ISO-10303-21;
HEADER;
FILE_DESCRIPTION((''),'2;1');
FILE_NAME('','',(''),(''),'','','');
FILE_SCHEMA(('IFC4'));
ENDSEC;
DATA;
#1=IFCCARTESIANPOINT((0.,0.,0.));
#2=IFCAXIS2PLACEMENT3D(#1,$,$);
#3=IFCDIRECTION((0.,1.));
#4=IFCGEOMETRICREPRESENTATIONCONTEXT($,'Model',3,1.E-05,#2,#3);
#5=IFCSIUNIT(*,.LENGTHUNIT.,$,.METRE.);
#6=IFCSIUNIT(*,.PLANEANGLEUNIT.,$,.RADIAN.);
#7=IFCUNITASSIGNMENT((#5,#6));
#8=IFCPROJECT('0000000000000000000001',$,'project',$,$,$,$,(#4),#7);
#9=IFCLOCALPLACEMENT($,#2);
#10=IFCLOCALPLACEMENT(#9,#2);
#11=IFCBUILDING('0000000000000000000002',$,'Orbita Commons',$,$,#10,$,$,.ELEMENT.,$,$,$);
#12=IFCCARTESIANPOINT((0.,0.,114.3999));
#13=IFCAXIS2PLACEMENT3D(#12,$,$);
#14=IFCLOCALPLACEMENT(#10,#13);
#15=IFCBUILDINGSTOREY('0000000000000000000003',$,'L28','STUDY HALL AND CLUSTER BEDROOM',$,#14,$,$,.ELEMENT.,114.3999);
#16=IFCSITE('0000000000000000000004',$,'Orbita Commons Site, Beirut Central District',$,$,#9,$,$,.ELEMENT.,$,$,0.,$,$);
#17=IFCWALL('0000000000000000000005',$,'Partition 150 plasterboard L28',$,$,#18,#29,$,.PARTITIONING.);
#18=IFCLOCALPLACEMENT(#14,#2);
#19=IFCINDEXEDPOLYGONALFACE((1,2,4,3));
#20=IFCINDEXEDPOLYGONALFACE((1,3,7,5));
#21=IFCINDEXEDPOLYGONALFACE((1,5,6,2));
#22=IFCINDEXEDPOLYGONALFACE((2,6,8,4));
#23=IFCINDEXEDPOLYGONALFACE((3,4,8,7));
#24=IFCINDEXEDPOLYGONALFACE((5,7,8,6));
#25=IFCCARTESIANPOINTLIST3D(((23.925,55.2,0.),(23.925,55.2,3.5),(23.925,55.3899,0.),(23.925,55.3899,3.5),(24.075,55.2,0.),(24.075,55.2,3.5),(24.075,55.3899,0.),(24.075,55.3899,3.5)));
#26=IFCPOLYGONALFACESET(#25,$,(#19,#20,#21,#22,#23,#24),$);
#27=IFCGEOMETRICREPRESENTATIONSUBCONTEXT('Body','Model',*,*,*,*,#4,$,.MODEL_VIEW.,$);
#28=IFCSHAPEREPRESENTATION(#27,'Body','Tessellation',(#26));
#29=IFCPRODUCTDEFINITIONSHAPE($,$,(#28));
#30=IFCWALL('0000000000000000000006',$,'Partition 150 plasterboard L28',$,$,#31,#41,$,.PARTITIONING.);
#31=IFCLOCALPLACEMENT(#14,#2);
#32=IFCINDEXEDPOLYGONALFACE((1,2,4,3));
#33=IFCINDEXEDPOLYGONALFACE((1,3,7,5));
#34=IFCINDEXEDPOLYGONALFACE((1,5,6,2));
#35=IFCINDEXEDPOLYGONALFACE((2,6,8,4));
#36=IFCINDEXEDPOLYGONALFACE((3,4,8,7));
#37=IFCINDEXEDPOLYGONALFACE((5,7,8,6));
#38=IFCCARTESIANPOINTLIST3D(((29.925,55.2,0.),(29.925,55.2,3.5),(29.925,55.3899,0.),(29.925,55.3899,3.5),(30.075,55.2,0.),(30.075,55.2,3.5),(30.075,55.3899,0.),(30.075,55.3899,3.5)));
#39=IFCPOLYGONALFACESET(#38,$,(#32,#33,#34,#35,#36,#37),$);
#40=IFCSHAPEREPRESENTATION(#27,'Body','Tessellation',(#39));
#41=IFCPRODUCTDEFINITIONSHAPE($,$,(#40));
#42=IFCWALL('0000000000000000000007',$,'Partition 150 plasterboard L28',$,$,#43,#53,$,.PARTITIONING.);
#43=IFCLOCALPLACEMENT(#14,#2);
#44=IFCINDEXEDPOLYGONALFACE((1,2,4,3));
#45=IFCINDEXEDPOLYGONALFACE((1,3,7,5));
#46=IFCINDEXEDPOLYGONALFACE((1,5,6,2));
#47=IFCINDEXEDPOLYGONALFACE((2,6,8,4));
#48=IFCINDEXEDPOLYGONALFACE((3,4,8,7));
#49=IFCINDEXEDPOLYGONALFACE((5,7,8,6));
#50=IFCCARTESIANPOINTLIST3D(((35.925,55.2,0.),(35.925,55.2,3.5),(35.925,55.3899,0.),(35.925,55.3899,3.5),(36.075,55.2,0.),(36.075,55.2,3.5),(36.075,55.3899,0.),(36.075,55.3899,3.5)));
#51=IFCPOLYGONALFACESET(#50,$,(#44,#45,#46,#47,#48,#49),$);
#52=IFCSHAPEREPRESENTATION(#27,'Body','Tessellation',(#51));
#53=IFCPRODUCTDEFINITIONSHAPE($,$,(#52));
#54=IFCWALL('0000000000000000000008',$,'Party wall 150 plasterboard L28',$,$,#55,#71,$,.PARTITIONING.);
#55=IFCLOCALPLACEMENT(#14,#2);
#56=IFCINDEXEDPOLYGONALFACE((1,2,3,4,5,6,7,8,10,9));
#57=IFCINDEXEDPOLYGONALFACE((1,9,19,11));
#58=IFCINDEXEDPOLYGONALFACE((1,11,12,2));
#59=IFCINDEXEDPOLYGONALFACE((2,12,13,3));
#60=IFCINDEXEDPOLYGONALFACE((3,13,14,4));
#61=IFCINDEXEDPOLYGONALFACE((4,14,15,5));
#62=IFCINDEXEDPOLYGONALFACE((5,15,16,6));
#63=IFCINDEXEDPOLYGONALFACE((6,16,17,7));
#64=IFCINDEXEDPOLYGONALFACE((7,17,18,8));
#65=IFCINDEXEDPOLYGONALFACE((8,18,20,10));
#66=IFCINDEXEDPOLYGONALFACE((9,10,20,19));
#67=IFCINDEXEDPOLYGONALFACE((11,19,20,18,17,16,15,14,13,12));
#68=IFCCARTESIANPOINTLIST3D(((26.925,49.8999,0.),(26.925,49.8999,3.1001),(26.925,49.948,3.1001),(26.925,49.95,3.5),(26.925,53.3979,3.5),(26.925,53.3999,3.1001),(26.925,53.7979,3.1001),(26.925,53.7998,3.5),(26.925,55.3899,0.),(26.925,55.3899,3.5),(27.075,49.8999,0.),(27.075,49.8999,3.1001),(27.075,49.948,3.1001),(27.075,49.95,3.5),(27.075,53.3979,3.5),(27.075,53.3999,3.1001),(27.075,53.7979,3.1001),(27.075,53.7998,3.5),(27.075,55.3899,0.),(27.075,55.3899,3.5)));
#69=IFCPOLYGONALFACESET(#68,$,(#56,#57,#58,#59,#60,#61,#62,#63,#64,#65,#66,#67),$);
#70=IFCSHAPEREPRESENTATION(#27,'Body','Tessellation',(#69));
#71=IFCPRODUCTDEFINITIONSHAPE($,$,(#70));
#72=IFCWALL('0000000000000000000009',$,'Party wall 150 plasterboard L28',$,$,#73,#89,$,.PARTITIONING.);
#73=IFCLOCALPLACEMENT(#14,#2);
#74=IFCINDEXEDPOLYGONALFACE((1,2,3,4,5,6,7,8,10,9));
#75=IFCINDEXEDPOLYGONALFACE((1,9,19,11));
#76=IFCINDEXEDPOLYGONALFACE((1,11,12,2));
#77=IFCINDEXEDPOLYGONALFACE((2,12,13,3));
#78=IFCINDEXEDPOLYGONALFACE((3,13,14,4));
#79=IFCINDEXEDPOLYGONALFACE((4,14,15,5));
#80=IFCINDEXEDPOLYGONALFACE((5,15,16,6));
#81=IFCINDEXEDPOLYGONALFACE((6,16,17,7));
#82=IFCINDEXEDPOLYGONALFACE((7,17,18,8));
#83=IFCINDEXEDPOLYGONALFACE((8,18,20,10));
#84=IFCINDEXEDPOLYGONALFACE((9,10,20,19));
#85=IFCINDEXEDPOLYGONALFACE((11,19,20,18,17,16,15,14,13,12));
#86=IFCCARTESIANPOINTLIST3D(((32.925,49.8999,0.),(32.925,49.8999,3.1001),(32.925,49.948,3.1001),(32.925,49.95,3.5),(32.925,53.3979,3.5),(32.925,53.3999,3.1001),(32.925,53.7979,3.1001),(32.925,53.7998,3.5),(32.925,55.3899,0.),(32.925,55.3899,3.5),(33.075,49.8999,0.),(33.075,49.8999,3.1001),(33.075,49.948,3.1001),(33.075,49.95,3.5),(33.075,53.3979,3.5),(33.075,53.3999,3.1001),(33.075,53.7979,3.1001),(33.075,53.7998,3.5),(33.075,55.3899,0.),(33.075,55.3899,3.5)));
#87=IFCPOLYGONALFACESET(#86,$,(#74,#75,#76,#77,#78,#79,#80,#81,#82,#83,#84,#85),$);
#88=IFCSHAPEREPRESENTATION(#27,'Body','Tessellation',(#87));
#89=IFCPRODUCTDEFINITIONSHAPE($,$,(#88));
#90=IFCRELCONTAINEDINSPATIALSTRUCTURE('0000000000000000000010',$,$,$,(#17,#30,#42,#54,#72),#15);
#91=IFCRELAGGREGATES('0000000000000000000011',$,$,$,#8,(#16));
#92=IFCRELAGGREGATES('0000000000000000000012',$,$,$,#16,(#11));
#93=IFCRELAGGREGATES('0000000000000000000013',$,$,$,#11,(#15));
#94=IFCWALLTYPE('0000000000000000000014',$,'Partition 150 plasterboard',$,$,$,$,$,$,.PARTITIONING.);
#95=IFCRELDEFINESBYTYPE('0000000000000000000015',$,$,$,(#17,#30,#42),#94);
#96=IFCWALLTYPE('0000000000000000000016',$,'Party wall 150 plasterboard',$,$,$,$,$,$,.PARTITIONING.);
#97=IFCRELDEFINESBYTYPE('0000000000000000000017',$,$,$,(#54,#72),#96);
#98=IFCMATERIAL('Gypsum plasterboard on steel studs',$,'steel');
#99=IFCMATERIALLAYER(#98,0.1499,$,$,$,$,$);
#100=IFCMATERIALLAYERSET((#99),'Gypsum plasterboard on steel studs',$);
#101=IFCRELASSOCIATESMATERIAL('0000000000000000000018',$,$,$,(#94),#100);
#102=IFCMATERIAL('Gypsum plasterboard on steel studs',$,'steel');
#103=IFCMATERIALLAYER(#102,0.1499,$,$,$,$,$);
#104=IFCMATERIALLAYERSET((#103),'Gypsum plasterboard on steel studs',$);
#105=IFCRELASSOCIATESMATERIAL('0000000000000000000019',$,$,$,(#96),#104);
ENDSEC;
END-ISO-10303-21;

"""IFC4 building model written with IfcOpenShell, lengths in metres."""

from ifc_helpers import new_model, si_unit, direction, frame, frame_2d, origin, place, context, subcontext, project, spatial, polyline, rectangle, outline, extrude, material, layer, layer_set, type_object, element, save


model = new_model("IFC4")

# Units and contexts
model_context = context("Model", 3, precision=1e-05, world=origin(), true_north=direction((0.0, 1.0)))
body_context = subcontext(model_context, "Body", "Model", "MODEL_VIEW")
ifc_project = project(units=[si_unit("LENGTHUNIT", "METRE"), si_unit("PLANEANGLEUNIT", "RADIAN")], contexts=[model_context])

# Site, building, storey
site_placement = place(None, origin())
site = spatial("IfcSite", under=ifc_project, at=site_placement, Name="Orbita Commons Site, Beirut Central District", CompositionType="ELEMENT", RefElevation=0.0)
building_placement = place(site_placement, origin())
building = spatial("IfcBuilding", under=site, at=building_placement, Name="Orbita Commons", CompositionType="ELEMENT")
storey_placement = place(building_placement, frame((0.0, 0.0, 114.3999)))
storey = spatial("IfcBuildingStorey", under=building, at=storey_placement, Name="L28", Description="STUDY HALL AND CLUSTER BEDROOM", CompositionType="ELEMENT", Elevation=114.3999)

# Walls
ifc_material_1 = material(Name="Gypsum plasterboard on steel studs", Category="steel")
ifc_layer_1 = layer(ifc_material_1, 0.1499)
ifc_layer_set_1 = layer_set([ifc_layer_1], Name="Gypsum plasterboard on steel studs")
wall_type_1 = type_object("IfcWallType", Name="Partition 150 plasterboard", PredefinedType="PARTITIONING", material=ifc_layer_set_1)
for number, where, z_axis, x_axis, name in (
    (1, (24.0, 55.2, 0.0), (0.0, 0.0, 1.0), (0.0, 1.0, 0.0), "Partition 150 plasterboard L28"),
    (2, (30.0, 55.2, 0.0), (0.0, 0.0, 1.0), (0.0, 1.0, 0.0), "Partition 150 plasterboard L28"),
    (3, (36.0, 55.2, 0.0), (0.0, 0.0, 1.0), (0.0, 1.0, 0.0), "Partition 150 plasterboard L28"),
):
    element("IfcWall", number, at=place(storey_placement, frame(where, z_axis=z_axis, x_axis=x_axis)), inside=storey, type_object=wall_type_1, Name=name, PredefinedType="PARTITIONING", context=body_context, shape_type="SweptSolid", body=[
        extrude(rectangle(XDim=0.1899, YDim=0.1499, at=frame_2d((0.095, 0.0))), origin(), (0.0, 0.0, 1.0), 3.5),
    ])
ifc_material_2 = material(Name="Gypsum plasterboard on steel studs", Category="steel")
ifc_layer_2 = layer(ifc_material_2, 0.1499)
ifc_layer_set_2 = layer_set([ifc_layer_2], Name="Gypsum plasterboard on steel studs")
wall_type_2 = type_object("IfcWallType", Name="Party wall 150 plasterboard", PredefinedType="PARTITIONING", material=ifc_layer_set_2)
for number, where, z_axis, x_axis, name in (
    (4, (27.0, 55.3899, 0.0), (0.0, 0.0, 1.0), (0.0, -1.0, 0.0), "Party wall 150 plasterboard L28"),
    (5, (33.0, 55.3899, 0.0), (0.0, 0.0, 1.0), (0.0, -1.0, 0.0), "Party wall 150 plasterboard L28"),
):
    element("IfcWall", number, at=place(storey_placement, frame(where, z_axis=z_axis, x_axis=x_axis)), inside=storey, type_object=wall_type_2, Name=name, PredefinedType="PARTITIONING", context=body_context, shape_type="SweptSolid", body=[
        extrude(outline(polyline([(0.0, 0.0), (5.49, 0.0), (5.49, 3.1001), (5.4419, 3.1001), (5.4399, 3.5), (1.9919, 3.5), (1.99, 3.1001), (1.592, 3.1001), (1.5901, 3.5), (0.0, 3.5), (0.0, 0.0)])), frame((0.0, 0.075, 0.0), z_axis=(0.0, -1.0, 0.0), x_axis=(1.0, 0.0, 0.0)), (0.0, 0.0, 1.0), 0.1499),
    ])

save(model, "model.ifc")
